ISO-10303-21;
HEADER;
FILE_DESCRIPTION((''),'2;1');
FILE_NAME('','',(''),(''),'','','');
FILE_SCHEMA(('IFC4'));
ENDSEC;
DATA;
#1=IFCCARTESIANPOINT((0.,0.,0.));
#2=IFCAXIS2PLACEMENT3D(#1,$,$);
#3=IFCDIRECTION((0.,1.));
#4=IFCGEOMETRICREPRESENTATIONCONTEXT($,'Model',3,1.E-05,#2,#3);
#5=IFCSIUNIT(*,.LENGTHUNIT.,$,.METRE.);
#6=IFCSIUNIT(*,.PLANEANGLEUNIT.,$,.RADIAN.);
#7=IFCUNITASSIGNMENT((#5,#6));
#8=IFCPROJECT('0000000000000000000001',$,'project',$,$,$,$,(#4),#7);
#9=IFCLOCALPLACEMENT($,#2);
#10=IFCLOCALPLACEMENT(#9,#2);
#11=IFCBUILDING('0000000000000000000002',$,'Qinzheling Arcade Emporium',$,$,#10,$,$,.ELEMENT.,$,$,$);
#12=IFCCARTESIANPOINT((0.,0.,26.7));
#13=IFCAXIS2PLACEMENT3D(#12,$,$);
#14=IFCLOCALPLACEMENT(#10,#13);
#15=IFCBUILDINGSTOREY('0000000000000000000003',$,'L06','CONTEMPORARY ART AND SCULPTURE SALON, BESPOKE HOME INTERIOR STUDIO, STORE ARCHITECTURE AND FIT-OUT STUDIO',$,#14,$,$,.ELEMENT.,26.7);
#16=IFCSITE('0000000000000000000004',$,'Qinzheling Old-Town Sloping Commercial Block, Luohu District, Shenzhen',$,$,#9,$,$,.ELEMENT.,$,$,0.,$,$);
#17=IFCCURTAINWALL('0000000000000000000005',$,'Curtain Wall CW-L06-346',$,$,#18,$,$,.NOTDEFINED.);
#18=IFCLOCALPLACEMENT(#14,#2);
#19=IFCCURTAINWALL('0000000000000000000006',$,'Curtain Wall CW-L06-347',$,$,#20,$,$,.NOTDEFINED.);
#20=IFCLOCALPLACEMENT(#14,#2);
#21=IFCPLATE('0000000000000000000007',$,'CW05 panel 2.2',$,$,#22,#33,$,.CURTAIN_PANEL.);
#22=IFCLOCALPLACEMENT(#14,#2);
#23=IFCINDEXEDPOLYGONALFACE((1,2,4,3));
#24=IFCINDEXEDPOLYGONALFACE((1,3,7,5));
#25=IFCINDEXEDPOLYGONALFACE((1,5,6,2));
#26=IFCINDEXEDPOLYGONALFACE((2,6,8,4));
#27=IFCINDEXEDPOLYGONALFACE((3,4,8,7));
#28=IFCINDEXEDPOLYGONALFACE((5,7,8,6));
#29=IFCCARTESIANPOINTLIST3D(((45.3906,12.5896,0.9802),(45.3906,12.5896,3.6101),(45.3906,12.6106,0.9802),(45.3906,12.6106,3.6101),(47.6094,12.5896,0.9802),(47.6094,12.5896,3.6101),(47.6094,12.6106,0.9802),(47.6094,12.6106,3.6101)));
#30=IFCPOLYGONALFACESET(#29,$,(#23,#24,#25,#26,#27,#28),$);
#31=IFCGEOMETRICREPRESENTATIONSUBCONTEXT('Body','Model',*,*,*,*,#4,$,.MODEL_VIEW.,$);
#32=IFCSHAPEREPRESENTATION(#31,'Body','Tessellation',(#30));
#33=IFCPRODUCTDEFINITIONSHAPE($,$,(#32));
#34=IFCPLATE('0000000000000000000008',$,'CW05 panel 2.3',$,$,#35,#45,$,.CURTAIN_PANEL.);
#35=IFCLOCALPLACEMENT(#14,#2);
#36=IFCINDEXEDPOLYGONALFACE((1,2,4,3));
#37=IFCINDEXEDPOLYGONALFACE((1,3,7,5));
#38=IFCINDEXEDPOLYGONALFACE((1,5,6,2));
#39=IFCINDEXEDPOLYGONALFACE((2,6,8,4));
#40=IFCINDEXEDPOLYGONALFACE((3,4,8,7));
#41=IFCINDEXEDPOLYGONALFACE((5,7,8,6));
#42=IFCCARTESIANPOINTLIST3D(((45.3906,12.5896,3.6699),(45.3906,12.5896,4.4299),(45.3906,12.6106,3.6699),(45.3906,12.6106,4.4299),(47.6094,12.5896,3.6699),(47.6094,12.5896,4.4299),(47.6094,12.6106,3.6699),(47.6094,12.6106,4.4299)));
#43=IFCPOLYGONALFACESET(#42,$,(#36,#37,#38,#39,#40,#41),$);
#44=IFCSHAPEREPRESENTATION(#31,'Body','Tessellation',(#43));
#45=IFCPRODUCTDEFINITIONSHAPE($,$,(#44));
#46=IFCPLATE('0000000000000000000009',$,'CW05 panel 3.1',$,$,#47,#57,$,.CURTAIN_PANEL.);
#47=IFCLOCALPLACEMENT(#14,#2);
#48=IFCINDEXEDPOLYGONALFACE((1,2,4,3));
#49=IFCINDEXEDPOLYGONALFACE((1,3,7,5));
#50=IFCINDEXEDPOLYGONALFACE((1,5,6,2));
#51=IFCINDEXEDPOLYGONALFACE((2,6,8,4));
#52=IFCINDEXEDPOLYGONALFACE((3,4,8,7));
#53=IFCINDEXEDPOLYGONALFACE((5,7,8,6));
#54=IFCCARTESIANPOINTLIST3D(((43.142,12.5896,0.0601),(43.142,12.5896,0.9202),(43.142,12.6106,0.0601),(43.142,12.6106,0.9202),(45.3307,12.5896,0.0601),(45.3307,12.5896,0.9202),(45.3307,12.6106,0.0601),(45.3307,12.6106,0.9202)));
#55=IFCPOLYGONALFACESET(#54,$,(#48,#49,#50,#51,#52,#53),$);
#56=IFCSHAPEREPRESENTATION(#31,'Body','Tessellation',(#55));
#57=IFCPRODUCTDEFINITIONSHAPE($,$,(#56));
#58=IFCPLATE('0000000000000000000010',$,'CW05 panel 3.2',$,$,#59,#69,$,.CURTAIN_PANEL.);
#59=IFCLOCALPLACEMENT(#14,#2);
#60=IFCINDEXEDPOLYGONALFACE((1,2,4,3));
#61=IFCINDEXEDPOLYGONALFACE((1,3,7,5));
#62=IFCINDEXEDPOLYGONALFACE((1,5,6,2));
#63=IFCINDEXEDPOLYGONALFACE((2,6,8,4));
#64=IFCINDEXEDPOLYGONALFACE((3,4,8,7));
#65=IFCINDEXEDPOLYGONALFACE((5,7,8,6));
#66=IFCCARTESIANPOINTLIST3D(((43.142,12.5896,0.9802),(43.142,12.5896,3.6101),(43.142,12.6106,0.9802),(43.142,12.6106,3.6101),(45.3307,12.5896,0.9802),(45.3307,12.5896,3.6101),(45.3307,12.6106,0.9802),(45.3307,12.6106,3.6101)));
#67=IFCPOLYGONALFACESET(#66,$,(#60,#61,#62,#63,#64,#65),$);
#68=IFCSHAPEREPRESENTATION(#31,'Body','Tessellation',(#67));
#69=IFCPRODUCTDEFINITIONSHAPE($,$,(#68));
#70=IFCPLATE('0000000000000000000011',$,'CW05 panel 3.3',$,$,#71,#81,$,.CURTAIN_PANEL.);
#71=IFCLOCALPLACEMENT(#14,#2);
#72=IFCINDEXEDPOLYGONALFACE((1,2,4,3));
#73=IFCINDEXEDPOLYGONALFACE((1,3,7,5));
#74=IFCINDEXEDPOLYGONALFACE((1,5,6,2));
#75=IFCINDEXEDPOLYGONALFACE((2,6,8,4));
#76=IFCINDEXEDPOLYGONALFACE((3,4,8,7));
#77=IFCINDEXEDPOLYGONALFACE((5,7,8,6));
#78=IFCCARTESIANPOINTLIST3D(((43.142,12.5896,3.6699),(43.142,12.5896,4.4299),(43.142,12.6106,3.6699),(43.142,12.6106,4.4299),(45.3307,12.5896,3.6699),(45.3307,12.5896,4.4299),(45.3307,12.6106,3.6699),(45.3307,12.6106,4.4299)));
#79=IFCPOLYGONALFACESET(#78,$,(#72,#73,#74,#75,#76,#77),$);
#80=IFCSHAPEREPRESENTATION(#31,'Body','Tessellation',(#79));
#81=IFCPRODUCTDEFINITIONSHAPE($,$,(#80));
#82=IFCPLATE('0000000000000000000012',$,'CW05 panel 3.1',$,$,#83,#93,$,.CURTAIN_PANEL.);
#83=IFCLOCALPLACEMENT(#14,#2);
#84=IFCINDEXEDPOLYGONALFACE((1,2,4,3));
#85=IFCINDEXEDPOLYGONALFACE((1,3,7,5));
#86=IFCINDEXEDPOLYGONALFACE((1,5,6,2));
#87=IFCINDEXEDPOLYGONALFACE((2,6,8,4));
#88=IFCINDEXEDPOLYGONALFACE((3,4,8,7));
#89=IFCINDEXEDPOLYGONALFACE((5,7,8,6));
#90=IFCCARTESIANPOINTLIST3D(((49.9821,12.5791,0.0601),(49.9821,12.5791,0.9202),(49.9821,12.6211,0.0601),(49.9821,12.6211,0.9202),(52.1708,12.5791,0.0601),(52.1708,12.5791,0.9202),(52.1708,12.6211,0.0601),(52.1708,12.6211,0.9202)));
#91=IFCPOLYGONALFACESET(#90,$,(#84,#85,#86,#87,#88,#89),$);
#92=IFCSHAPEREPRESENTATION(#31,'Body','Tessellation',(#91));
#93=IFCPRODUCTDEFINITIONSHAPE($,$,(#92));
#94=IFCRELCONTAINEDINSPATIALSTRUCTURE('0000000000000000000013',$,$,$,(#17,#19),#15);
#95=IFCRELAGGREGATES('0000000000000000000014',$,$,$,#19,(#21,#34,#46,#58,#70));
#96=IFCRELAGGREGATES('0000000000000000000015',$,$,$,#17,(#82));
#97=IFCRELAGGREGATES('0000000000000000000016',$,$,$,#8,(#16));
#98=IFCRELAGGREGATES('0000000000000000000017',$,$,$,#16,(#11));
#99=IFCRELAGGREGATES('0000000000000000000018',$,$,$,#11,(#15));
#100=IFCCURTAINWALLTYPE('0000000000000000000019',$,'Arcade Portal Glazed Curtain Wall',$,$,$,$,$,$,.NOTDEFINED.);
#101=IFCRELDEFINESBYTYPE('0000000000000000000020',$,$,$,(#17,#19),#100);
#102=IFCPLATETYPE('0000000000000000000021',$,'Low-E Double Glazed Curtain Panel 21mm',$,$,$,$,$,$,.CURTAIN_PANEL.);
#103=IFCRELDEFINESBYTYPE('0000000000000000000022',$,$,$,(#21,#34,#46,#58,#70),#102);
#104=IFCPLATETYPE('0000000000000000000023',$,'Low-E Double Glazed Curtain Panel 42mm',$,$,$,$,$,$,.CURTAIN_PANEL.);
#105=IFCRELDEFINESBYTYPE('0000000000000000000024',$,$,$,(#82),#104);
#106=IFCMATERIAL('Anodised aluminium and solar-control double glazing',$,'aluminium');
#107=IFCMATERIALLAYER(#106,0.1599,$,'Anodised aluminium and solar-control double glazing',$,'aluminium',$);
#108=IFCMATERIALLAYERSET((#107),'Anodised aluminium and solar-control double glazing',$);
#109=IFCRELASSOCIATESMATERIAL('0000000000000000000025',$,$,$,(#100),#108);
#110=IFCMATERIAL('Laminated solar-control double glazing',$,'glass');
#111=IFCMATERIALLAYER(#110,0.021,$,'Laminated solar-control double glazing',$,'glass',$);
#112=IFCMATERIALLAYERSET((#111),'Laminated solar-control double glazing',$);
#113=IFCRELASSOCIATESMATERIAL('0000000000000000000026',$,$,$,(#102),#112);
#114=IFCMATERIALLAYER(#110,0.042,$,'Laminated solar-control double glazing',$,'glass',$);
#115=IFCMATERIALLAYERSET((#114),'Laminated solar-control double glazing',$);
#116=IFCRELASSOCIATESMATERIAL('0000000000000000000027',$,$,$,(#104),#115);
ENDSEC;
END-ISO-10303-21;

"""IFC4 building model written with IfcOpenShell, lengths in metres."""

from ifc_helpers import new_model, si_unit, direction, frame, origin, origin_2d, place, context, subcontext, project, spatial, rectangle, extrude, material, layer, layer_set, type_object, element, aggregate, save


model = new_model("IFC4")

# Units and contexts
model_context = context("Model", 3, precision=1e-05, world=origin(), true_north=direction((0.0, 1.0)))
body_context = subcontext(model_context, "Body", "Model", "MODEL_VIEW")
ifc_project = project(units=[si_unit("LENGTHUNIT", "METRE"), si_unit("PLANEANGLEUNIT", "RADIAN")], contexts=[model_context])

# Site, building, storey
site_placement = place(None, origin())
site = spatial("IfcSite", under=ifc_project, at=site_placement, Name="Qinzheling Old-Town Sloping Commercial Block, Luohu District, Shenzhen", CompositionType="ELEMENT", RefElevation=0.0)
building_placement = place(site_placement, origin())
building = spatial("IfcBuilding", under=site, at=building_placement, Name="Qinzheling Arcade Emporium", CompositionType="ELEMENT")
storey_placement = place(building_placement, frame((0.0, 0.0, 26.7)))
storey = spatial("IfcBuildingStorey", under=building, at=storey_placement, Name="L06", Description="CONTEMPORARY ART AND SCULPTURE SALON, BESPOKE HOME INTERIOR STUDIO, STORE ARCHITECTURE AND FIT-OUT STUDIO", CompositionType="ELEMENT", Elevation=26.7)

# Curtain wall
ifc_material_1 = material(Name="Anodised aluminium and solar-control double glazing", Category="aluminium")
ifc_layer_1 = layer(ifc_material_1, 0.1599, Name="Anodised aluminium and solar-control double glazing", Category="aluminium")
ifc_layer_set_1 = layer_set([ifc_layer_1], Name="Anodised aluminium and solar-control double glazing")
curtain_wall_type = type_object("IfcCurtainWallType", Name="Arcade Portal Glazed Curtain Wall", PredefinedType="NOTDEFINED", material=ifc_layer_set_1)
curtain_wall_1_placement = place(storey_placement, origin())
curtain_wall_1 = element("IfcCurtainWall", 1, at=curtain_wall_1_placement, inside=storey, type_object=curtain_wall_type, Name="Curtain Wall CW-L06-346", PredefinedType="NOTDEFINED")

# Curtain wall, plates
curtain_wall_2_placement = place(storey_placement, origin())
curtain_wall_2 = element("IfcCurtainWall", 2, at=curtain_wall_2_placement, inside=storey, type_object=curtain_wall_type, Name="Curtain Wall CW-L06-347", PredefinedType="NOTDEFINED")
ifc_material_2 = material(Name="Laminated solar-control double glazing", Category="glass")
ifc_layer_2 = layer(ifc_material_2, 0.021, Name="Laminated solar-control double glazing", Category="glass")
ifc_layer_set_2 = layer_set([ifc_layer_2], Name="Laminated solar-control double glazing")
plate_type_1 = type_object("IfcPlateType", Name="Low-E Double Glazed Curtain Panel 21mm", PredefinedType="CURTAIN_PANEL", material=ifc_layer_set_2)
plate_1_placement = place(storey_placement, frame((46.5, 12.6001, 0.9802), z_axis=(0.0, 0.0, 1.0), x_axis=(-1.0, 0.0, 0.0)))
plate_1 = element("IfcPlate", 3, at=plate_1_placement, type_object=plate_type_1, Name="CW05 panel 2.2", PredefinedType="CURTAIN_PANEL", context=body_context, shape_type="SweptSolid", body=[
    extrude(rectangle(XDim=2.2188, YDim=0.021, at=origin_2d()), origin(), (0.0, 0.0, 1.0), 2.6299),
])
plate_2_placement = place(storey_placement, frame((46.5, 12.6001, 3.6699), z_axis=(0.0, 0.0, 1.0), x_axis=(-1.0, 0.0, 0.0)))
plate_2 = element("IfcPlate", 4, at=plate_2_placement, type_object=plate_type_1, Name="CW05 panel 2.3", PredefinedType="CURTAIN_PANEL", context=body_context, shape_type="SweptSolid", body=[
    extrude(rectangle(XDim=2.2188, YDim=0.021, at=origin_2d()), origin(), (0.0, 0.0, 1.0), 0.76),
])
plate_3_placement = place(storey_placement, frame((44.2363, 12.6001, 0.0601), z_axis=(0.0, 0.0, 1.0), x_axis=(-1.0, 0.0, 0.0)))
plate_3 = element("IfcPlate", 5, at=plate_3_placement, type_object=plate_type_1, Name="CW05 panel 3.1", PredefinedType="CURTAIN_PANEL", context=body_context, shape_type="SweptSolid", body=[
    extrude(rectangle(XDim=2.1887, YDim=0.021, at=origin_2d()), origin(), (0.0, 0.0, 1.0), 0.8601),
])
plate_4_placement = place(storey_placement, frame((44.2363, 12.6001, 0.9802), z_axis=(0.0, 0.0, 1.0), x_axis=(-1.0, 0.0, 0.0)))
plate_4 = element("IfcPlate", 6, at=plate_4_placement, type_object=plate_type_1, Name="CW05 panel 3.2", PredefinedType="CURTAIN_PANEL", context=body_context, shape_type="SweptSolid", body=[
    extrude(rectangle(XDim=2.1887, YDim=0.021, at=origin_2d()), origin(), (0.0, 0.0, 1.0), 2.6299),
])
plate_5_placement = place(storey_placement, frame((44.2363, 12.6001, 3.6699), z_axis=(0.0, 0.0, 1.0), x_axis=(-1.0, 0.0, 0.0)))
plate_5 = element("IfcPlate", 7, at=plate_5_placement, type_object=plate_type_1, Name="CW05 panel 3.3", PredefinedType="CURTAIN_PANEL", context=body_context, shape_type="SweptSolid", body=[
    extrude(rectangle(XDim=2.1887, YDim=0.021, at=origin_2d()), origin(), (0.0, 0.0, 1.0), 0.76),
])
aggregate(curtain_wall_2, [plate_1, plate_2, plate_3, plate_4, plate_5])

# Plate
ifc_layer_3 = layer(ifc_material_2, 0.042, Name="Laminated solar-control double glazing", Category="glass")
ifc_layer_set_3 = layer_set([ifc_layer_3], Name="Laminated solar-control double glazing")
plate_type_2 = type_object("IfcPlateType", Name="Low-E Double Glazed Curtain Panel 42mm", PredefinedType="CURTAIN_PANEL", material=ifc_layer_set_3)
plate_6_placement = place(storey_placement, frame((51.0764, 12.6001, 0.0601), z_axis=(0.0, 0.0, 1.0), x_axis=(-1.0, 0.0, 0.0)))
plate_6 = element("IfcPlate", 8, at=plate_6_placement, type_object=plate_type_2, Name="CW05 panel 3.1", PredefinedType="CURTAIN_PANEL", context=body_context, shape_type="SweptSolid", body=[
    extrude(rectangle(XDim=2.1887, YDim=0.042, at=origin_2d()), origin(), (0.0, 0.0, 1.0), 0.8601),
])
aggregate(curtain_wall_1, [plate_6])

save(model, "model.ifc")
